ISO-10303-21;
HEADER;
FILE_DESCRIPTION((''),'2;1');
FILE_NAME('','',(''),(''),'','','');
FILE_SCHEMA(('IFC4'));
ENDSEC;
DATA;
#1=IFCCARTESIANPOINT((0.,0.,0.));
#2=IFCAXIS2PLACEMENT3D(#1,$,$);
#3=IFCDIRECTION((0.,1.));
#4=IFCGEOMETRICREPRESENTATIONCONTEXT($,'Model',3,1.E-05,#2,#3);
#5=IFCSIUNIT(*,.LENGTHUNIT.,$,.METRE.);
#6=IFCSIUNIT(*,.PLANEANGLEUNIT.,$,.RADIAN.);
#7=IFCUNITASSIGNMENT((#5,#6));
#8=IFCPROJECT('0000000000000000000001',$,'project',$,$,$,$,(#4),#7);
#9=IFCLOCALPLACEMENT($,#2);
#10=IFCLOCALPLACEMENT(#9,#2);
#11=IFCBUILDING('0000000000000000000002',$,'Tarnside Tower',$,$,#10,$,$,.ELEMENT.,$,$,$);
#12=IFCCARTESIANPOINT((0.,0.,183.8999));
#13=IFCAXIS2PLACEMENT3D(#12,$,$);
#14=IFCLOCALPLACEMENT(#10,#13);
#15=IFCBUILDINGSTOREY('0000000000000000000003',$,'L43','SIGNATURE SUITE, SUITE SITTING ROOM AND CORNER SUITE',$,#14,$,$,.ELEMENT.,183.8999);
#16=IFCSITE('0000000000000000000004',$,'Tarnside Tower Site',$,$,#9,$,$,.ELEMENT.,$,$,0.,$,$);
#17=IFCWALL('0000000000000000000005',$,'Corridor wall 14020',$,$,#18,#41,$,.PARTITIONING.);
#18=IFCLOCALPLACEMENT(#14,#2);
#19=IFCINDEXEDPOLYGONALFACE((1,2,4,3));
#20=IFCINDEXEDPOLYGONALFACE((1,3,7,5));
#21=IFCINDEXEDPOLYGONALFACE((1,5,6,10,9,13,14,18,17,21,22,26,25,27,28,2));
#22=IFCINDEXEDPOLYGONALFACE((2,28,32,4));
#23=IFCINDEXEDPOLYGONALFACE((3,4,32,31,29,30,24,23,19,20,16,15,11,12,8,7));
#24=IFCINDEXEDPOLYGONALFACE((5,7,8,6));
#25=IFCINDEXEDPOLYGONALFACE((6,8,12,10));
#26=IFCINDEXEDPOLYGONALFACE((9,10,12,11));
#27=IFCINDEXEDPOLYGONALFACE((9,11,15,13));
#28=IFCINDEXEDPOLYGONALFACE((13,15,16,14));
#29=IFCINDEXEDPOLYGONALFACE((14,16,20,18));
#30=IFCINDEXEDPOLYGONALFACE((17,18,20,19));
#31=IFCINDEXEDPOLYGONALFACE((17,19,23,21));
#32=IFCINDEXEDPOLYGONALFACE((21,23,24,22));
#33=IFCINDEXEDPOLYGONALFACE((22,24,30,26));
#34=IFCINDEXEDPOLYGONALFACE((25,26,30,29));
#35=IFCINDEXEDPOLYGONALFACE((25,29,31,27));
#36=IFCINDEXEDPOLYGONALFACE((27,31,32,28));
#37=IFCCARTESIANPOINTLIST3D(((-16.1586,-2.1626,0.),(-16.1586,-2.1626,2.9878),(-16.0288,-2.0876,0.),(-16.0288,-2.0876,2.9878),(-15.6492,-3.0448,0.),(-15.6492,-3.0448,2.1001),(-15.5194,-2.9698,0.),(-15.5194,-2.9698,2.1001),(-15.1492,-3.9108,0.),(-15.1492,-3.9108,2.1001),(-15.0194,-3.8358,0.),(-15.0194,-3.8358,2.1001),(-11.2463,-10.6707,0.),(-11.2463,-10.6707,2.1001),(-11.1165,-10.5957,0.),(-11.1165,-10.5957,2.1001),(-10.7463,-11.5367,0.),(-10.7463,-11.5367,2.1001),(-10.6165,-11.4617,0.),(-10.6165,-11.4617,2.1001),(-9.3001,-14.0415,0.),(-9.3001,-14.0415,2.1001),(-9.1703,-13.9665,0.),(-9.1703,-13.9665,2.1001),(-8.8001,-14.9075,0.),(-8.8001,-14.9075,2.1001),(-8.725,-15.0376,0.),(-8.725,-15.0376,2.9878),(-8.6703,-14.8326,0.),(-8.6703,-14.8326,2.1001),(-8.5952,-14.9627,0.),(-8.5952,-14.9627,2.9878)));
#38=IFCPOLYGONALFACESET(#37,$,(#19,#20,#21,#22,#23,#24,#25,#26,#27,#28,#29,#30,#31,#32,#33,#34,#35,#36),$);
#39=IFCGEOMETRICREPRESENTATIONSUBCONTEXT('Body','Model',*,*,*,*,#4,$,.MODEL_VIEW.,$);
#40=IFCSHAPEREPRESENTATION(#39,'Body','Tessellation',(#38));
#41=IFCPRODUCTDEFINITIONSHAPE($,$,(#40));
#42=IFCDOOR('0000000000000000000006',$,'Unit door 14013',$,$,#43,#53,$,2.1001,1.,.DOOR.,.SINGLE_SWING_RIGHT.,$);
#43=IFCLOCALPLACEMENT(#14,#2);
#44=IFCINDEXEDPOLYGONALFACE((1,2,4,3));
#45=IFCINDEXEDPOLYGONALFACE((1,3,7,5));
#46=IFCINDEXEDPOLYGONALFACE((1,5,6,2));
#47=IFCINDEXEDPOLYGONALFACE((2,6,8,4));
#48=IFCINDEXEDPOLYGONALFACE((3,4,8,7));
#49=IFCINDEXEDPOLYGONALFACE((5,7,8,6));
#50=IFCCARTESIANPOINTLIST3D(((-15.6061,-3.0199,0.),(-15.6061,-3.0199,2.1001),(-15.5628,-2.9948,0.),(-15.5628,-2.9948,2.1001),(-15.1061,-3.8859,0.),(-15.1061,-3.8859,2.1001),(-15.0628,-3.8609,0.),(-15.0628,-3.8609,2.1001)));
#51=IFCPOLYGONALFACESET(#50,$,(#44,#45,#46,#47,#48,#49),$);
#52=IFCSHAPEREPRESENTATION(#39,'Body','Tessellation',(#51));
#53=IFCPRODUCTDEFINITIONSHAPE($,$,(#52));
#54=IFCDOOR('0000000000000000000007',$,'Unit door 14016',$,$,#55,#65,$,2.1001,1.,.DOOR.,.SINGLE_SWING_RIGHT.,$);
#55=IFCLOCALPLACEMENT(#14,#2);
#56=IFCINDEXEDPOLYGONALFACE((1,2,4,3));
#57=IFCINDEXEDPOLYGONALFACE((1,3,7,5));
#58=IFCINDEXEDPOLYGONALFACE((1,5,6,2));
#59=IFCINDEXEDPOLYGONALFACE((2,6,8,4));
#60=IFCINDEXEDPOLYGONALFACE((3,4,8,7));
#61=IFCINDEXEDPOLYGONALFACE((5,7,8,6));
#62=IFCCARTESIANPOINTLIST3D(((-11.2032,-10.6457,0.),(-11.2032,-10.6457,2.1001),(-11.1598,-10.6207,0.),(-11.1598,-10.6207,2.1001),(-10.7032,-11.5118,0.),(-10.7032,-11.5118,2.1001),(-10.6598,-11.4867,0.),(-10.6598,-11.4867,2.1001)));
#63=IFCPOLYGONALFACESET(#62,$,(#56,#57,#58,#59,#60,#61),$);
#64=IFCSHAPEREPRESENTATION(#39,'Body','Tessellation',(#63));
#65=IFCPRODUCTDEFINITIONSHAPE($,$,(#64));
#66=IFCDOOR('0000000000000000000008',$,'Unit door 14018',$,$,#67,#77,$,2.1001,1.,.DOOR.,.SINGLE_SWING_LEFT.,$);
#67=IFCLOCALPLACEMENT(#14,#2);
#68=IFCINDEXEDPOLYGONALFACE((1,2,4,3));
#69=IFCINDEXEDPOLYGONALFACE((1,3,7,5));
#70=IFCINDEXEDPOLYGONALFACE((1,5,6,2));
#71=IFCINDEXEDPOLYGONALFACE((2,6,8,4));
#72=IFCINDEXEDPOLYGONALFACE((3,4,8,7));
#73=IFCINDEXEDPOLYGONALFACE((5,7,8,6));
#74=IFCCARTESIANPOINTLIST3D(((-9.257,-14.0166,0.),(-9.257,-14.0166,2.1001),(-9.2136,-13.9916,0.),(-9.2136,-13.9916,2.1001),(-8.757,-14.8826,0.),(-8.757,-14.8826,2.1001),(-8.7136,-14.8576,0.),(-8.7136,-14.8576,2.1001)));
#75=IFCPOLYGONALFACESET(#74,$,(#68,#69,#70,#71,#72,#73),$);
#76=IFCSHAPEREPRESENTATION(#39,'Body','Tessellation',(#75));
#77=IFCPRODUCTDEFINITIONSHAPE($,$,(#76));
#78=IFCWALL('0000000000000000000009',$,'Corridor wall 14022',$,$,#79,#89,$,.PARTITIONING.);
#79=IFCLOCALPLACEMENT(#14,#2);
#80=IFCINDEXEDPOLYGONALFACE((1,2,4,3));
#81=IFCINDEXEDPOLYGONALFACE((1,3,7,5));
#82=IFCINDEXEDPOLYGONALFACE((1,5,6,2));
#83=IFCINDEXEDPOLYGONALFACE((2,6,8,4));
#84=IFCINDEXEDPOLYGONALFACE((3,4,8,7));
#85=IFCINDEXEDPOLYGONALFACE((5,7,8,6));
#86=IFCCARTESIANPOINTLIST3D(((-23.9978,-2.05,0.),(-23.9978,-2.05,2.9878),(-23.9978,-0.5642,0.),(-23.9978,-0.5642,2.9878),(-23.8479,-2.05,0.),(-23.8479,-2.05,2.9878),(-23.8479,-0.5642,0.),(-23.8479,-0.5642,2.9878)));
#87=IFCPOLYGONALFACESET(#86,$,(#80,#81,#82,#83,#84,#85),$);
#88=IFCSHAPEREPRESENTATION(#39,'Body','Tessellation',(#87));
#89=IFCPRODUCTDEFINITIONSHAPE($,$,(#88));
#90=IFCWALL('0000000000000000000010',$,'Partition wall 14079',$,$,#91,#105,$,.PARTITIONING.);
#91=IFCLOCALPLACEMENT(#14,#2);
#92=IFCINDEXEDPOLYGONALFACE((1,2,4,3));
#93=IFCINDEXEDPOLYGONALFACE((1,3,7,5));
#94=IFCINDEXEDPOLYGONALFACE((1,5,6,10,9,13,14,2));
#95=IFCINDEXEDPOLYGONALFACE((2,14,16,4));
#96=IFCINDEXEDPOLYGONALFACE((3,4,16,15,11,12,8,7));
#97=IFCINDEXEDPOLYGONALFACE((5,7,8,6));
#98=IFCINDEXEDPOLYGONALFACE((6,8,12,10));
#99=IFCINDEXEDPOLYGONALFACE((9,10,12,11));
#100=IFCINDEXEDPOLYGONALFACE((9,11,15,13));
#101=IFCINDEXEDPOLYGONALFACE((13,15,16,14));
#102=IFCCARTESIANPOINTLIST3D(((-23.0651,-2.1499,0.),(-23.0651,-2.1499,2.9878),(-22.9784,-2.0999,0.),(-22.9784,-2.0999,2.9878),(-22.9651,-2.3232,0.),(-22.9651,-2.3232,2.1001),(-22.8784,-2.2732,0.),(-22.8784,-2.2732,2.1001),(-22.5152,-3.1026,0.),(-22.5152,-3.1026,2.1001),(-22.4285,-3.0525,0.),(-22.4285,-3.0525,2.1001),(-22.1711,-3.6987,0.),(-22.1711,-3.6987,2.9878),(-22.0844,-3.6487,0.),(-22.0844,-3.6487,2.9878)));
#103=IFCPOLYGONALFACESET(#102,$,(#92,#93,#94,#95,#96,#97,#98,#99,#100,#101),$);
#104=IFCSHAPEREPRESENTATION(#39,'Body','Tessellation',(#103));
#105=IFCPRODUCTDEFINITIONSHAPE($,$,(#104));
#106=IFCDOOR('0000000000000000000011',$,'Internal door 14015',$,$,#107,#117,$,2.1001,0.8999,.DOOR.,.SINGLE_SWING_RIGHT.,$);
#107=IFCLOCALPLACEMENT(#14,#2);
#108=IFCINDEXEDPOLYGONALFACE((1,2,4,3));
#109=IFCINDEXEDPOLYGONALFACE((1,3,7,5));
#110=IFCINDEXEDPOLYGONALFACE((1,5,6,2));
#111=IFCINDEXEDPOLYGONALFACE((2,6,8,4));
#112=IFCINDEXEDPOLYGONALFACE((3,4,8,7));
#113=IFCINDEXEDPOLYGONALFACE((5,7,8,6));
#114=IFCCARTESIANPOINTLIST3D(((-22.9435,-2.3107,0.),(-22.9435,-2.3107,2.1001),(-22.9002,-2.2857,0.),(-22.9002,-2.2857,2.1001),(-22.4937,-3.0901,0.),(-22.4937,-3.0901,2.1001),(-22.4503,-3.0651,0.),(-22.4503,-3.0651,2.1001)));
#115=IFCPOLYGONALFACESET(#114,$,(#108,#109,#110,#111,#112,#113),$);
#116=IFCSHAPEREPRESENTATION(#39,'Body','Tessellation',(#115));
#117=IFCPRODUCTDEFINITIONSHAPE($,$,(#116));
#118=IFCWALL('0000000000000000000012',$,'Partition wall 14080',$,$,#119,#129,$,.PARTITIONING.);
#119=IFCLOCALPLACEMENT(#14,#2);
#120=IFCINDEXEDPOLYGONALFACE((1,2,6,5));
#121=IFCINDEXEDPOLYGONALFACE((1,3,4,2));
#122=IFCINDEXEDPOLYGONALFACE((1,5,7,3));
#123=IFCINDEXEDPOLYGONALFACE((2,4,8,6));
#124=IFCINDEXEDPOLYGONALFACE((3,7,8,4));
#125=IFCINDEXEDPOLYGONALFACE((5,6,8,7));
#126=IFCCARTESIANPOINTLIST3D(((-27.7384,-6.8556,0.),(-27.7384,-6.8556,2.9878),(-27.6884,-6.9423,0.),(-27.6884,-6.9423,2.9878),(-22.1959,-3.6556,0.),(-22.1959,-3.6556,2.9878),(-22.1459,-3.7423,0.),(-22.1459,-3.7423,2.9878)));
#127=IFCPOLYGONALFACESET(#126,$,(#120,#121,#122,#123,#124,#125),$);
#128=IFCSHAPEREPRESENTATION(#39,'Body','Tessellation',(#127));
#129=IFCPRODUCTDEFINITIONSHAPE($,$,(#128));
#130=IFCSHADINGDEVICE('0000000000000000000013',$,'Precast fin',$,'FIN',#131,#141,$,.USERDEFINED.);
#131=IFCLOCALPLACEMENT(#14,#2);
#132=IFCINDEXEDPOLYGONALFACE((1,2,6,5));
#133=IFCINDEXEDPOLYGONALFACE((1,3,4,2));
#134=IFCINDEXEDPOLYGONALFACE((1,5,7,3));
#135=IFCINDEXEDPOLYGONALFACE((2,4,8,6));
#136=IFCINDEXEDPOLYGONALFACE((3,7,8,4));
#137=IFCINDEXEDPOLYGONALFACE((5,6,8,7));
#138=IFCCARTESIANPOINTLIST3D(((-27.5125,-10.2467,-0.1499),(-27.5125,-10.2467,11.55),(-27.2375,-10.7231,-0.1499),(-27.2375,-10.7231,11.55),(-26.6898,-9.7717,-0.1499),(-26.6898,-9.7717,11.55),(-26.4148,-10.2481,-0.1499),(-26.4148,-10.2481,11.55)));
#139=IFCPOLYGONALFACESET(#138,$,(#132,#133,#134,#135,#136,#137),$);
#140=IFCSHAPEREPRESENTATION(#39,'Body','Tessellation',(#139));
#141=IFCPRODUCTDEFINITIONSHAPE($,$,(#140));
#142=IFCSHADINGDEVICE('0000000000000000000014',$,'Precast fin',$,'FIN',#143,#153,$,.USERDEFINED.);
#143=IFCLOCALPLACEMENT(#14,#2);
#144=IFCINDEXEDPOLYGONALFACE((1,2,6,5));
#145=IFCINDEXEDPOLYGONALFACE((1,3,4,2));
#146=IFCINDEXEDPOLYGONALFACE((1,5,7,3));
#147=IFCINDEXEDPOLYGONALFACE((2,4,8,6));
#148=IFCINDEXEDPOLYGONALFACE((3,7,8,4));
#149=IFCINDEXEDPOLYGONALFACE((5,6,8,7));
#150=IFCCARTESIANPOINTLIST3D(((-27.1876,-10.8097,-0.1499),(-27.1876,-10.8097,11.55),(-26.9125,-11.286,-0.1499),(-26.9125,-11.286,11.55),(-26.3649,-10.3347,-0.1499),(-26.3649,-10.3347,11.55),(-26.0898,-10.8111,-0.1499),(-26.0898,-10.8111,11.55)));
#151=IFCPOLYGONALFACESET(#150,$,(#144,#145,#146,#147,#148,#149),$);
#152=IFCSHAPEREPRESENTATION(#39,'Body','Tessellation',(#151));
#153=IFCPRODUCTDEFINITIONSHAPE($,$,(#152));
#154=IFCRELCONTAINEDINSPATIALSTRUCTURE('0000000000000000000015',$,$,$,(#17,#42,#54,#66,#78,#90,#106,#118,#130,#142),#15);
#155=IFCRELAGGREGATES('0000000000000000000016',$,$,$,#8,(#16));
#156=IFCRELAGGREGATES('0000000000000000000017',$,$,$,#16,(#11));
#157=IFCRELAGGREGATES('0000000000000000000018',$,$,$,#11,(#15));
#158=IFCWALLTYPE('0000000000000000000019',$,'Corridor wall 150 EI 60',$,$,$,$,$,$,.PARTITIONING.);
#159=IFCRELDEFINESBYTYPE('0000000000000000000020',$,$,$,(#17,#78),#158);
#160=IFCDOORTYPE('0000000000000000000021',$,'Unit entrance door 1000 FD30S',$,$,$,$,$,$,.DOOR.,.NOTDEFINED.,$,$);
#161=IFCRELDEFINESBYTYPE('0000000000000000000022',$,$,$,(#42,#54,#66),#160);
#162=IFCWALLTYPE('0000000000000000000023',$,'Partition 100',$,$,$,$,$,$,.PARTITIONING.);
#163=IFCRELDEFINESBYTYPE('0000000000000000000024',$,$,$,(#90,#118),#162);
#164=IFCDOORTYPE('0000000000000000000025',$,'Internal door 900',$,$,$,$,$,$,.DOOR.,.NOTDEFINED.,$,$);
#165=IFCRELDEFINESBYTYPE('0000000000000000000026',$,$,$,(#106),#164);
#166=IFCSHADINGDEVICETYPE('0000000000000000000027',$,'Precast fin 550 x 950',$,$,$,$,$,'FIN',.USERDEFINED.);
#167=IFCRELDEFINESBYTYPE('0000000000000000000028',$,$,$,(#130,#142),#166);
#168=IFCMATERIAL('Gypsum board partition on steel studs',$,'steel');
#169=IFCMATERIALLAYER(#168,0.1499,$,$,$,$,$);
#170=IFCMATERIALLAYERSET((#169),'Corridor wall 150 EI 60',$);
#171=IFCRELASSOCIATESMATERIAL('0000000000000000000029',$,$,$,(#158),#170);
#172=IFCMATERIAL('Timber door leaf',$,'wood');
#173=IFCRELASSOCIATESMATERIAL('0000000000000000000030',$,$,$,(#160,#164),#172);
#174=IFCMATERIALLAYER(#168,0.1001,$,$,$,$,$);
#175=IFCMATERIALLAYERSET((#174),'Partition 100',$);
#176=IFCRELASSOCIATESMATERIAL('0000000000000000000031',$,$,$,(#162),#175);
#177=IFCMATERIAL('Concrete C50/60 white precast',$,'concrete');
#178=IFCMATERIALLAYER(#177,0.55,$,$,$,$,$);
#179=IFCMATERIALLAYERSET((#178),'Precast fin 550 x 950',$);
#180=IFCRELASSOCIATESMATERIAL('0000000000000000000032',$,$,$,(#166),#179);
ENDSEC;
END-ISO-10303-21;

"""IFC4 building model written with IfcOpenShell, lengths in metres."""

from ifc_helpers import new_model, si_unit, direction, frame, frame_2d, origin, place, context, subcontext, project, spatial, polyline, rectangle, outline, extrude, material, layer, layer_set, type_object, element, fill, save


model = new_model("IFC4")

# Units and contexts
model_context = context("Model", 3, precision=1e-05, world=origin(), true_north=direction((0.0, 1.0)))
body_context = subcontext(model_context, "Body", "Model", "MODEL_VIEW")
ifc_project = project(units=[si_unit("LENGTHUNIT", "METRE"), si_unit("PLANEANGLEUNIT", "RADIAN")], contexts=[model_context])

# Site, building, storey
site_placement = place(None, origin())
site = spatial("IfcSite", under=ifc_project, at=site_placement, Name="Tarnside Tower Site", CompositionType="ELEMENT", RefElevation=0.0)
building_placement = place(site_placement, origin())
building = spatial("IfcBuilding", under=site, at=building_placement, Name="Tarnside Tower", CompositionType="ELEMENT")
storey_placement = place(building_placement, frame((0.0, 0.0, 183.8999)))
storey = spatial("IfcBuildingStorey", under=building, at=storey_placement, Name="L43", Description="SIGNATURE SUITE, SUITE SITTING ROOM AND CORNER SUITE", CompositionType="ELEMENT", Elevation=183.8999)

# Shared definitions
ifc_material_1 = material(Name="Gypsum board partition on steel studs", Category="steel")

# Shared definitions
ifc_material_2 = material(Name="Timber door leaf", Category="wood")

# Shared definitions
ifc_layer_1 = layer(ifc_material_1, 0.1499)
ifc_layer_set_1 = layer_set([ifc_layer_1], Name="Corridor wall 150 EI 60")
wall_type_1 = type_object("IfcWallType", Name="Corridor wall 150 EI 60", PredefinedType="PARTITIONING", material=ifc_layer_set_1)

# Wall, openings, doors
wall_1_placement = place(storey_placement, frame((-16.0938, -2.125, 0.0), z_axis=(0.0, 0.0, 1.0), x_axis=(0.500011, -0.866019, 0.0)))
wall_1 = element("IfcWall", 1, at=wall_1_placement, inside=storey, type_object=wall_type_1, Name="Corridor wall 14020", PredefinedType="PARTITIONING", context=body_context, shape_type="SweptSolid", body=[
    extrude(rectangle(XDim=14.8669, YDim=0.1499, at=frame_2d((7.4336, 0.0))), origin(), (0.0, 0.0, 1.0), 2.9878),
])
opening_1_placement = place(wall_1_placement, frame((1.0188, 0.0, 0.0)))
opening_1 = element("IfcOpeningElement", 2, at=opening_1_placement, cuts=wall_1, PredefinedType="OPENING", context=body_context, shape_type="SweptSolid", body=[
    extrude(rectangle(XDim=1.0, YDim=2.1001, at=frame_2d((0.5, 1.05))), frame((0.0, 0.085, 0.0), z_axis=(0.0, -1.0, 0.0), x_axis=(1.0, 0.0, 0.0)), (0.0, 0.0, 1.0), 0.1699),
])
opening_2_placement = place(wall_1_placement, frame((9.8245, 0.0, 0.0)))
opening_2 = element("IfcOpeningElement", 3, at=opening_2_placement, cuts=wall_1, PredefinedType="OPENING", context=body_context, shape_type="SweptSolid", body=[
    extrude(rectangle(XDim=1.0, YDim=2.1001, at=frame_2d((0.5, 1.05))), frame((0.0, 0.085, 0.0), z_axis=(0.0, -1.0, 0.0), x_axis=(1.0, 0.0, 0.0)), (0.0, 0.0, 1.0), 0.1699),
])
opening_3_placement = place(wall_1_placement, frame((13.7168, 0.0, 0.0)))
opening_3 = element("IfcOpeningElement", 4, at=opening_3_placement, cuts=wall_1, PredefinedType="OPENING", context=body_context, shape_type="SweptSolid", body=[
    extrude(rectangle(XDim=1.0, YDim=2.1001, at=frame_2d((0.5, 1.05))), frame((0.0, 0.085, 0.0), z_axis=(0.0, -1.0, 0.0), x_axis=(1.0, 0.0, 0.0)), (0.0, 0.0, 1.0), 0.1699),
])
door_type_1 = type_object("IfcDoorType", Name="Unit entrance door 1000 FD30S", OperationType="NOTDEFINED", PredefinedType="DOOR", material=ifc_material_2)
door_1_placement = place(opening_1_placement, origin())
door_1 = element("IfcDoor", 5, at=door_1_placement, inside=storey, type_object=door_type_1, Name="Unit door 14013", OperationType="SINGLE_SWING_RIGHT", OverallHeight=2.1001, OverallWidth=1.0, PredefinedType="DOOR", context=body_context, shape_type="SweptSolid", body=[
    extrude(rectangle(XDim=1.0, YDim=2.1001, at=frame_2d((0.5, 1.05))), frame((0.0, 0.0249, 0.0), z_axis=(0.0, -1.0, 0.0), x_axis=(1.0, 0.0, 0.0)), (0.0, 0.0, 1.0), 0.05),
])
fill(opening_1, door_1)
door_2_placement = place(opening_2_placement, origin())
door_2 = element("IfcDoor", 6, at=door_2_placement, inside=storey, type_object=door_type_1, Name="Unit door 14016", OperationType="SINGLE_SWING_RIGHT", OverallHeight=2.1001, OverallWidth=1.0, PredefinedType="DOOR", context=body_context, shape_type="SweptSolid", body=[
    extrude(rectangle(XDim=1.0, YDim=2.1001, at=frame_2d((0.5, 1.05))), frame((0.0, 0.0249, 0.0), z_axis=(0.0, -1.0, 0.0), x_axis=(1.0, 0.0, 0.0)), (0.0, 0.0, 1.0), 0.05),
])
fill(opening_2, door_2)
door_3_placement = place(opening_3_placement, origin())
door_3 = element("IfcDoor", 7, at=door_3_placement, inside=storey, type_object=door_type_1, Name="Unit door 14018", OperationType="SINGLE_SWING_LEFT", OverallHeight=2.1001, OverallWidth=1.0, PredefinedType="DOOR", context=body_context, shape_type="SweptSolid", body=[
    extrude(rectangle(XDim=1.0, YDim=2.1001, at=frame_2d((0.5, 1.05))), frame((0.0, 0.0249, 0.0), z_axis=(0.0, -1.0, 0.0), x_axis=(1.0, 0.0, 0.0)), (0.0, 0.0, 1.0), 0.05),
])
fill(opening_3, door_3)

# Wall
wall_2_placement = place(storey_placement, frame((-23.9229, -0.5642, 0.0), z_axis=(0.0, 0.0, 1.0), x_axis=(0.0, -1.0, 0.0)))
element("IfcWall", 8, at=wall_2_placement, inside=storey, type_object=wall_type_1, Name="Corridor wall 14022", PredefinedType="PARTITIONING", context=body_context, shape_type="SweptSolid", body=[
    extrude(rectangle(XDim=1.4858, YDim=0.1499, at=frame_2d((0.7429, 0.0))), origin(), (0.0, 0.0, 1.0), 2.9878),
])

# Wall, opening, door
ifc_layer_2 = layer(ifc_material_1, 0.1001)
ifc_layer_set_2 = layer_set([ifc_layer_2], Name="Partition 100")
wall_type_2 = type_object("IfcWallType", Name="Partition 100", PredefinedType="PARTITIONING", material=ifc_layer_set_2)
wall_3_placement = place(storey_placement, frame((-23.0217, -2.125, 0.0), z_axis=(0.0, 0.0, 1.0), x_axis=(0.499927, -0.866067, 0.0)))
wall_3 = element("IfcWall", 9, at=wall_3_placement, inside=storey, type_object=wall_type_2, Name="Partition wall 14079", PredefinedType="PARTITIONING", context=body_context, shape_type="SweptSolid", body=[
    extrude(rectangle(XDim=1.7883, YDim=0.1001, at=frame_2d((0.894, 0.0))), origin(), (0.0, 0.0, 1.0), 2.9878),
])
opening_4_placement = place(wall_3_placement, frame((0.2, 0.0, 0.0)))
opening_4 = element("IfcOpeningElement", 10, at=opening_4_placement, cuts=wall_3, PredefinedType="OPENING", context=body_context, shape_type="SweptSolid", body=[
    extrude(rectangle(XDim=0.8999, YDim=2.1001, at=frame_2d((0.45, 1.05))), frame((0.0, 0.0601, 0.0), z_axis=(0.0, -1.0, 0.0), x_axis=(1.0, 0.0, 0.0)), (0.0, 0.0, 1.0), 0.1201),
])
door_type_2 = type_object("IfcDoorType", Name="Internal door 900", OperationType="NOTDEFINED", PredefinedType="DOOR", material=ifc_material_2)
door_4_placement = place(opening_4_placement, origin())
door_4 = element("IfcDoor", 11, at=door_4_placement, inside=storey, type_object=door_type_2, Name="Internal door 14015", OperationType="SINGLE_SWING_RIGHT", OverallHeight=2.1001, OverallWidth=0.8999, PredefinedType="DOOR", context=body_context, shape_type="SweptSolid", body=[
    extrude(rectangle(XDim=0.8999, YDim=2.1001, at=frame_2d((0.45, 1.05))), frame((0.0, 0.0249, 0.0), z_axis=(0.0, -1.0, 0.0), x_axis=(1.0, 0.0, 0.0)), (0.0, 0.0, 1.0), 0.05),
])
fill(opening_4, door_4)

# Wall
wall_4_placement = place(storey_placement, frame((-22.1709, -3.699, 0.0), z_axis=(0.0, 0.0, 1.0), x_axis=(-0.866025, -0.5, 0.0)))
element("IfcWall", 12, at=wall_4_placement, inside=storey, type_object=wall_type_2, Name="Partition wall 14080", PredefinedType="PARTITIONING", context=body_context, shape_type="SweptSolid", body=[
    extrude(rectangle(XDim=6.3999, YDim=0.1001, at=frame_2d((3.2, 0.0))), origin(), (0.0, 0.0, 1.0), 2.9878),
])

# Shading devices
ifc_material_3 = material(Name="Concrete C50/60 white precast", Category="concrete")
ifc_layer_3 = layer(ifc_material_3, 0.55)
ifc_layer_set_3 = layer_set([ifc_layer_3], Name="Precast fin 550 x 950")
shading_device_type = type_object("IfcShadingDeviceType", Name="Precast fin 550 x 950", ElementType="FIN", PredefinedType="USERDEFINED", material=ifc_layer_set_3)
for number, where, z_axis, x_axis, name in (
    (13, (-26.5522, -10.01, -0.1499), (-0.5, 0.866025, 0.0), (-0.866025, -0.5, 0.0), "Precast fin"),
    (14, (-26.2273, -10.573, -0.1499), (-0.5, 0.866025, 0.0), (-0.866025, -0.5, 0.0), "Precast fin"),
):
    element("IfcShadingDevice", number, at=place(storey_placement, frame(where, z_axis=z_axis, x_axis=x_axis)), inside=storey, type_object=shading_device_type, Name=name, ObjectType="FIN", PredefinedType="USERDEFINED", context=body_context, shape_type="SweptSolid", body=[
        extrude(outline(polyline([(0.0, 0.0), (0.95, 0.0), (0.95, 11.7), (0.0, 11.7), (0.0, 0.0)])), frame((0.0, 0.0, -0.2749)), (0.0, 0.0, 1.0), 0.55),
    ])

save(model, "model.ifc")
